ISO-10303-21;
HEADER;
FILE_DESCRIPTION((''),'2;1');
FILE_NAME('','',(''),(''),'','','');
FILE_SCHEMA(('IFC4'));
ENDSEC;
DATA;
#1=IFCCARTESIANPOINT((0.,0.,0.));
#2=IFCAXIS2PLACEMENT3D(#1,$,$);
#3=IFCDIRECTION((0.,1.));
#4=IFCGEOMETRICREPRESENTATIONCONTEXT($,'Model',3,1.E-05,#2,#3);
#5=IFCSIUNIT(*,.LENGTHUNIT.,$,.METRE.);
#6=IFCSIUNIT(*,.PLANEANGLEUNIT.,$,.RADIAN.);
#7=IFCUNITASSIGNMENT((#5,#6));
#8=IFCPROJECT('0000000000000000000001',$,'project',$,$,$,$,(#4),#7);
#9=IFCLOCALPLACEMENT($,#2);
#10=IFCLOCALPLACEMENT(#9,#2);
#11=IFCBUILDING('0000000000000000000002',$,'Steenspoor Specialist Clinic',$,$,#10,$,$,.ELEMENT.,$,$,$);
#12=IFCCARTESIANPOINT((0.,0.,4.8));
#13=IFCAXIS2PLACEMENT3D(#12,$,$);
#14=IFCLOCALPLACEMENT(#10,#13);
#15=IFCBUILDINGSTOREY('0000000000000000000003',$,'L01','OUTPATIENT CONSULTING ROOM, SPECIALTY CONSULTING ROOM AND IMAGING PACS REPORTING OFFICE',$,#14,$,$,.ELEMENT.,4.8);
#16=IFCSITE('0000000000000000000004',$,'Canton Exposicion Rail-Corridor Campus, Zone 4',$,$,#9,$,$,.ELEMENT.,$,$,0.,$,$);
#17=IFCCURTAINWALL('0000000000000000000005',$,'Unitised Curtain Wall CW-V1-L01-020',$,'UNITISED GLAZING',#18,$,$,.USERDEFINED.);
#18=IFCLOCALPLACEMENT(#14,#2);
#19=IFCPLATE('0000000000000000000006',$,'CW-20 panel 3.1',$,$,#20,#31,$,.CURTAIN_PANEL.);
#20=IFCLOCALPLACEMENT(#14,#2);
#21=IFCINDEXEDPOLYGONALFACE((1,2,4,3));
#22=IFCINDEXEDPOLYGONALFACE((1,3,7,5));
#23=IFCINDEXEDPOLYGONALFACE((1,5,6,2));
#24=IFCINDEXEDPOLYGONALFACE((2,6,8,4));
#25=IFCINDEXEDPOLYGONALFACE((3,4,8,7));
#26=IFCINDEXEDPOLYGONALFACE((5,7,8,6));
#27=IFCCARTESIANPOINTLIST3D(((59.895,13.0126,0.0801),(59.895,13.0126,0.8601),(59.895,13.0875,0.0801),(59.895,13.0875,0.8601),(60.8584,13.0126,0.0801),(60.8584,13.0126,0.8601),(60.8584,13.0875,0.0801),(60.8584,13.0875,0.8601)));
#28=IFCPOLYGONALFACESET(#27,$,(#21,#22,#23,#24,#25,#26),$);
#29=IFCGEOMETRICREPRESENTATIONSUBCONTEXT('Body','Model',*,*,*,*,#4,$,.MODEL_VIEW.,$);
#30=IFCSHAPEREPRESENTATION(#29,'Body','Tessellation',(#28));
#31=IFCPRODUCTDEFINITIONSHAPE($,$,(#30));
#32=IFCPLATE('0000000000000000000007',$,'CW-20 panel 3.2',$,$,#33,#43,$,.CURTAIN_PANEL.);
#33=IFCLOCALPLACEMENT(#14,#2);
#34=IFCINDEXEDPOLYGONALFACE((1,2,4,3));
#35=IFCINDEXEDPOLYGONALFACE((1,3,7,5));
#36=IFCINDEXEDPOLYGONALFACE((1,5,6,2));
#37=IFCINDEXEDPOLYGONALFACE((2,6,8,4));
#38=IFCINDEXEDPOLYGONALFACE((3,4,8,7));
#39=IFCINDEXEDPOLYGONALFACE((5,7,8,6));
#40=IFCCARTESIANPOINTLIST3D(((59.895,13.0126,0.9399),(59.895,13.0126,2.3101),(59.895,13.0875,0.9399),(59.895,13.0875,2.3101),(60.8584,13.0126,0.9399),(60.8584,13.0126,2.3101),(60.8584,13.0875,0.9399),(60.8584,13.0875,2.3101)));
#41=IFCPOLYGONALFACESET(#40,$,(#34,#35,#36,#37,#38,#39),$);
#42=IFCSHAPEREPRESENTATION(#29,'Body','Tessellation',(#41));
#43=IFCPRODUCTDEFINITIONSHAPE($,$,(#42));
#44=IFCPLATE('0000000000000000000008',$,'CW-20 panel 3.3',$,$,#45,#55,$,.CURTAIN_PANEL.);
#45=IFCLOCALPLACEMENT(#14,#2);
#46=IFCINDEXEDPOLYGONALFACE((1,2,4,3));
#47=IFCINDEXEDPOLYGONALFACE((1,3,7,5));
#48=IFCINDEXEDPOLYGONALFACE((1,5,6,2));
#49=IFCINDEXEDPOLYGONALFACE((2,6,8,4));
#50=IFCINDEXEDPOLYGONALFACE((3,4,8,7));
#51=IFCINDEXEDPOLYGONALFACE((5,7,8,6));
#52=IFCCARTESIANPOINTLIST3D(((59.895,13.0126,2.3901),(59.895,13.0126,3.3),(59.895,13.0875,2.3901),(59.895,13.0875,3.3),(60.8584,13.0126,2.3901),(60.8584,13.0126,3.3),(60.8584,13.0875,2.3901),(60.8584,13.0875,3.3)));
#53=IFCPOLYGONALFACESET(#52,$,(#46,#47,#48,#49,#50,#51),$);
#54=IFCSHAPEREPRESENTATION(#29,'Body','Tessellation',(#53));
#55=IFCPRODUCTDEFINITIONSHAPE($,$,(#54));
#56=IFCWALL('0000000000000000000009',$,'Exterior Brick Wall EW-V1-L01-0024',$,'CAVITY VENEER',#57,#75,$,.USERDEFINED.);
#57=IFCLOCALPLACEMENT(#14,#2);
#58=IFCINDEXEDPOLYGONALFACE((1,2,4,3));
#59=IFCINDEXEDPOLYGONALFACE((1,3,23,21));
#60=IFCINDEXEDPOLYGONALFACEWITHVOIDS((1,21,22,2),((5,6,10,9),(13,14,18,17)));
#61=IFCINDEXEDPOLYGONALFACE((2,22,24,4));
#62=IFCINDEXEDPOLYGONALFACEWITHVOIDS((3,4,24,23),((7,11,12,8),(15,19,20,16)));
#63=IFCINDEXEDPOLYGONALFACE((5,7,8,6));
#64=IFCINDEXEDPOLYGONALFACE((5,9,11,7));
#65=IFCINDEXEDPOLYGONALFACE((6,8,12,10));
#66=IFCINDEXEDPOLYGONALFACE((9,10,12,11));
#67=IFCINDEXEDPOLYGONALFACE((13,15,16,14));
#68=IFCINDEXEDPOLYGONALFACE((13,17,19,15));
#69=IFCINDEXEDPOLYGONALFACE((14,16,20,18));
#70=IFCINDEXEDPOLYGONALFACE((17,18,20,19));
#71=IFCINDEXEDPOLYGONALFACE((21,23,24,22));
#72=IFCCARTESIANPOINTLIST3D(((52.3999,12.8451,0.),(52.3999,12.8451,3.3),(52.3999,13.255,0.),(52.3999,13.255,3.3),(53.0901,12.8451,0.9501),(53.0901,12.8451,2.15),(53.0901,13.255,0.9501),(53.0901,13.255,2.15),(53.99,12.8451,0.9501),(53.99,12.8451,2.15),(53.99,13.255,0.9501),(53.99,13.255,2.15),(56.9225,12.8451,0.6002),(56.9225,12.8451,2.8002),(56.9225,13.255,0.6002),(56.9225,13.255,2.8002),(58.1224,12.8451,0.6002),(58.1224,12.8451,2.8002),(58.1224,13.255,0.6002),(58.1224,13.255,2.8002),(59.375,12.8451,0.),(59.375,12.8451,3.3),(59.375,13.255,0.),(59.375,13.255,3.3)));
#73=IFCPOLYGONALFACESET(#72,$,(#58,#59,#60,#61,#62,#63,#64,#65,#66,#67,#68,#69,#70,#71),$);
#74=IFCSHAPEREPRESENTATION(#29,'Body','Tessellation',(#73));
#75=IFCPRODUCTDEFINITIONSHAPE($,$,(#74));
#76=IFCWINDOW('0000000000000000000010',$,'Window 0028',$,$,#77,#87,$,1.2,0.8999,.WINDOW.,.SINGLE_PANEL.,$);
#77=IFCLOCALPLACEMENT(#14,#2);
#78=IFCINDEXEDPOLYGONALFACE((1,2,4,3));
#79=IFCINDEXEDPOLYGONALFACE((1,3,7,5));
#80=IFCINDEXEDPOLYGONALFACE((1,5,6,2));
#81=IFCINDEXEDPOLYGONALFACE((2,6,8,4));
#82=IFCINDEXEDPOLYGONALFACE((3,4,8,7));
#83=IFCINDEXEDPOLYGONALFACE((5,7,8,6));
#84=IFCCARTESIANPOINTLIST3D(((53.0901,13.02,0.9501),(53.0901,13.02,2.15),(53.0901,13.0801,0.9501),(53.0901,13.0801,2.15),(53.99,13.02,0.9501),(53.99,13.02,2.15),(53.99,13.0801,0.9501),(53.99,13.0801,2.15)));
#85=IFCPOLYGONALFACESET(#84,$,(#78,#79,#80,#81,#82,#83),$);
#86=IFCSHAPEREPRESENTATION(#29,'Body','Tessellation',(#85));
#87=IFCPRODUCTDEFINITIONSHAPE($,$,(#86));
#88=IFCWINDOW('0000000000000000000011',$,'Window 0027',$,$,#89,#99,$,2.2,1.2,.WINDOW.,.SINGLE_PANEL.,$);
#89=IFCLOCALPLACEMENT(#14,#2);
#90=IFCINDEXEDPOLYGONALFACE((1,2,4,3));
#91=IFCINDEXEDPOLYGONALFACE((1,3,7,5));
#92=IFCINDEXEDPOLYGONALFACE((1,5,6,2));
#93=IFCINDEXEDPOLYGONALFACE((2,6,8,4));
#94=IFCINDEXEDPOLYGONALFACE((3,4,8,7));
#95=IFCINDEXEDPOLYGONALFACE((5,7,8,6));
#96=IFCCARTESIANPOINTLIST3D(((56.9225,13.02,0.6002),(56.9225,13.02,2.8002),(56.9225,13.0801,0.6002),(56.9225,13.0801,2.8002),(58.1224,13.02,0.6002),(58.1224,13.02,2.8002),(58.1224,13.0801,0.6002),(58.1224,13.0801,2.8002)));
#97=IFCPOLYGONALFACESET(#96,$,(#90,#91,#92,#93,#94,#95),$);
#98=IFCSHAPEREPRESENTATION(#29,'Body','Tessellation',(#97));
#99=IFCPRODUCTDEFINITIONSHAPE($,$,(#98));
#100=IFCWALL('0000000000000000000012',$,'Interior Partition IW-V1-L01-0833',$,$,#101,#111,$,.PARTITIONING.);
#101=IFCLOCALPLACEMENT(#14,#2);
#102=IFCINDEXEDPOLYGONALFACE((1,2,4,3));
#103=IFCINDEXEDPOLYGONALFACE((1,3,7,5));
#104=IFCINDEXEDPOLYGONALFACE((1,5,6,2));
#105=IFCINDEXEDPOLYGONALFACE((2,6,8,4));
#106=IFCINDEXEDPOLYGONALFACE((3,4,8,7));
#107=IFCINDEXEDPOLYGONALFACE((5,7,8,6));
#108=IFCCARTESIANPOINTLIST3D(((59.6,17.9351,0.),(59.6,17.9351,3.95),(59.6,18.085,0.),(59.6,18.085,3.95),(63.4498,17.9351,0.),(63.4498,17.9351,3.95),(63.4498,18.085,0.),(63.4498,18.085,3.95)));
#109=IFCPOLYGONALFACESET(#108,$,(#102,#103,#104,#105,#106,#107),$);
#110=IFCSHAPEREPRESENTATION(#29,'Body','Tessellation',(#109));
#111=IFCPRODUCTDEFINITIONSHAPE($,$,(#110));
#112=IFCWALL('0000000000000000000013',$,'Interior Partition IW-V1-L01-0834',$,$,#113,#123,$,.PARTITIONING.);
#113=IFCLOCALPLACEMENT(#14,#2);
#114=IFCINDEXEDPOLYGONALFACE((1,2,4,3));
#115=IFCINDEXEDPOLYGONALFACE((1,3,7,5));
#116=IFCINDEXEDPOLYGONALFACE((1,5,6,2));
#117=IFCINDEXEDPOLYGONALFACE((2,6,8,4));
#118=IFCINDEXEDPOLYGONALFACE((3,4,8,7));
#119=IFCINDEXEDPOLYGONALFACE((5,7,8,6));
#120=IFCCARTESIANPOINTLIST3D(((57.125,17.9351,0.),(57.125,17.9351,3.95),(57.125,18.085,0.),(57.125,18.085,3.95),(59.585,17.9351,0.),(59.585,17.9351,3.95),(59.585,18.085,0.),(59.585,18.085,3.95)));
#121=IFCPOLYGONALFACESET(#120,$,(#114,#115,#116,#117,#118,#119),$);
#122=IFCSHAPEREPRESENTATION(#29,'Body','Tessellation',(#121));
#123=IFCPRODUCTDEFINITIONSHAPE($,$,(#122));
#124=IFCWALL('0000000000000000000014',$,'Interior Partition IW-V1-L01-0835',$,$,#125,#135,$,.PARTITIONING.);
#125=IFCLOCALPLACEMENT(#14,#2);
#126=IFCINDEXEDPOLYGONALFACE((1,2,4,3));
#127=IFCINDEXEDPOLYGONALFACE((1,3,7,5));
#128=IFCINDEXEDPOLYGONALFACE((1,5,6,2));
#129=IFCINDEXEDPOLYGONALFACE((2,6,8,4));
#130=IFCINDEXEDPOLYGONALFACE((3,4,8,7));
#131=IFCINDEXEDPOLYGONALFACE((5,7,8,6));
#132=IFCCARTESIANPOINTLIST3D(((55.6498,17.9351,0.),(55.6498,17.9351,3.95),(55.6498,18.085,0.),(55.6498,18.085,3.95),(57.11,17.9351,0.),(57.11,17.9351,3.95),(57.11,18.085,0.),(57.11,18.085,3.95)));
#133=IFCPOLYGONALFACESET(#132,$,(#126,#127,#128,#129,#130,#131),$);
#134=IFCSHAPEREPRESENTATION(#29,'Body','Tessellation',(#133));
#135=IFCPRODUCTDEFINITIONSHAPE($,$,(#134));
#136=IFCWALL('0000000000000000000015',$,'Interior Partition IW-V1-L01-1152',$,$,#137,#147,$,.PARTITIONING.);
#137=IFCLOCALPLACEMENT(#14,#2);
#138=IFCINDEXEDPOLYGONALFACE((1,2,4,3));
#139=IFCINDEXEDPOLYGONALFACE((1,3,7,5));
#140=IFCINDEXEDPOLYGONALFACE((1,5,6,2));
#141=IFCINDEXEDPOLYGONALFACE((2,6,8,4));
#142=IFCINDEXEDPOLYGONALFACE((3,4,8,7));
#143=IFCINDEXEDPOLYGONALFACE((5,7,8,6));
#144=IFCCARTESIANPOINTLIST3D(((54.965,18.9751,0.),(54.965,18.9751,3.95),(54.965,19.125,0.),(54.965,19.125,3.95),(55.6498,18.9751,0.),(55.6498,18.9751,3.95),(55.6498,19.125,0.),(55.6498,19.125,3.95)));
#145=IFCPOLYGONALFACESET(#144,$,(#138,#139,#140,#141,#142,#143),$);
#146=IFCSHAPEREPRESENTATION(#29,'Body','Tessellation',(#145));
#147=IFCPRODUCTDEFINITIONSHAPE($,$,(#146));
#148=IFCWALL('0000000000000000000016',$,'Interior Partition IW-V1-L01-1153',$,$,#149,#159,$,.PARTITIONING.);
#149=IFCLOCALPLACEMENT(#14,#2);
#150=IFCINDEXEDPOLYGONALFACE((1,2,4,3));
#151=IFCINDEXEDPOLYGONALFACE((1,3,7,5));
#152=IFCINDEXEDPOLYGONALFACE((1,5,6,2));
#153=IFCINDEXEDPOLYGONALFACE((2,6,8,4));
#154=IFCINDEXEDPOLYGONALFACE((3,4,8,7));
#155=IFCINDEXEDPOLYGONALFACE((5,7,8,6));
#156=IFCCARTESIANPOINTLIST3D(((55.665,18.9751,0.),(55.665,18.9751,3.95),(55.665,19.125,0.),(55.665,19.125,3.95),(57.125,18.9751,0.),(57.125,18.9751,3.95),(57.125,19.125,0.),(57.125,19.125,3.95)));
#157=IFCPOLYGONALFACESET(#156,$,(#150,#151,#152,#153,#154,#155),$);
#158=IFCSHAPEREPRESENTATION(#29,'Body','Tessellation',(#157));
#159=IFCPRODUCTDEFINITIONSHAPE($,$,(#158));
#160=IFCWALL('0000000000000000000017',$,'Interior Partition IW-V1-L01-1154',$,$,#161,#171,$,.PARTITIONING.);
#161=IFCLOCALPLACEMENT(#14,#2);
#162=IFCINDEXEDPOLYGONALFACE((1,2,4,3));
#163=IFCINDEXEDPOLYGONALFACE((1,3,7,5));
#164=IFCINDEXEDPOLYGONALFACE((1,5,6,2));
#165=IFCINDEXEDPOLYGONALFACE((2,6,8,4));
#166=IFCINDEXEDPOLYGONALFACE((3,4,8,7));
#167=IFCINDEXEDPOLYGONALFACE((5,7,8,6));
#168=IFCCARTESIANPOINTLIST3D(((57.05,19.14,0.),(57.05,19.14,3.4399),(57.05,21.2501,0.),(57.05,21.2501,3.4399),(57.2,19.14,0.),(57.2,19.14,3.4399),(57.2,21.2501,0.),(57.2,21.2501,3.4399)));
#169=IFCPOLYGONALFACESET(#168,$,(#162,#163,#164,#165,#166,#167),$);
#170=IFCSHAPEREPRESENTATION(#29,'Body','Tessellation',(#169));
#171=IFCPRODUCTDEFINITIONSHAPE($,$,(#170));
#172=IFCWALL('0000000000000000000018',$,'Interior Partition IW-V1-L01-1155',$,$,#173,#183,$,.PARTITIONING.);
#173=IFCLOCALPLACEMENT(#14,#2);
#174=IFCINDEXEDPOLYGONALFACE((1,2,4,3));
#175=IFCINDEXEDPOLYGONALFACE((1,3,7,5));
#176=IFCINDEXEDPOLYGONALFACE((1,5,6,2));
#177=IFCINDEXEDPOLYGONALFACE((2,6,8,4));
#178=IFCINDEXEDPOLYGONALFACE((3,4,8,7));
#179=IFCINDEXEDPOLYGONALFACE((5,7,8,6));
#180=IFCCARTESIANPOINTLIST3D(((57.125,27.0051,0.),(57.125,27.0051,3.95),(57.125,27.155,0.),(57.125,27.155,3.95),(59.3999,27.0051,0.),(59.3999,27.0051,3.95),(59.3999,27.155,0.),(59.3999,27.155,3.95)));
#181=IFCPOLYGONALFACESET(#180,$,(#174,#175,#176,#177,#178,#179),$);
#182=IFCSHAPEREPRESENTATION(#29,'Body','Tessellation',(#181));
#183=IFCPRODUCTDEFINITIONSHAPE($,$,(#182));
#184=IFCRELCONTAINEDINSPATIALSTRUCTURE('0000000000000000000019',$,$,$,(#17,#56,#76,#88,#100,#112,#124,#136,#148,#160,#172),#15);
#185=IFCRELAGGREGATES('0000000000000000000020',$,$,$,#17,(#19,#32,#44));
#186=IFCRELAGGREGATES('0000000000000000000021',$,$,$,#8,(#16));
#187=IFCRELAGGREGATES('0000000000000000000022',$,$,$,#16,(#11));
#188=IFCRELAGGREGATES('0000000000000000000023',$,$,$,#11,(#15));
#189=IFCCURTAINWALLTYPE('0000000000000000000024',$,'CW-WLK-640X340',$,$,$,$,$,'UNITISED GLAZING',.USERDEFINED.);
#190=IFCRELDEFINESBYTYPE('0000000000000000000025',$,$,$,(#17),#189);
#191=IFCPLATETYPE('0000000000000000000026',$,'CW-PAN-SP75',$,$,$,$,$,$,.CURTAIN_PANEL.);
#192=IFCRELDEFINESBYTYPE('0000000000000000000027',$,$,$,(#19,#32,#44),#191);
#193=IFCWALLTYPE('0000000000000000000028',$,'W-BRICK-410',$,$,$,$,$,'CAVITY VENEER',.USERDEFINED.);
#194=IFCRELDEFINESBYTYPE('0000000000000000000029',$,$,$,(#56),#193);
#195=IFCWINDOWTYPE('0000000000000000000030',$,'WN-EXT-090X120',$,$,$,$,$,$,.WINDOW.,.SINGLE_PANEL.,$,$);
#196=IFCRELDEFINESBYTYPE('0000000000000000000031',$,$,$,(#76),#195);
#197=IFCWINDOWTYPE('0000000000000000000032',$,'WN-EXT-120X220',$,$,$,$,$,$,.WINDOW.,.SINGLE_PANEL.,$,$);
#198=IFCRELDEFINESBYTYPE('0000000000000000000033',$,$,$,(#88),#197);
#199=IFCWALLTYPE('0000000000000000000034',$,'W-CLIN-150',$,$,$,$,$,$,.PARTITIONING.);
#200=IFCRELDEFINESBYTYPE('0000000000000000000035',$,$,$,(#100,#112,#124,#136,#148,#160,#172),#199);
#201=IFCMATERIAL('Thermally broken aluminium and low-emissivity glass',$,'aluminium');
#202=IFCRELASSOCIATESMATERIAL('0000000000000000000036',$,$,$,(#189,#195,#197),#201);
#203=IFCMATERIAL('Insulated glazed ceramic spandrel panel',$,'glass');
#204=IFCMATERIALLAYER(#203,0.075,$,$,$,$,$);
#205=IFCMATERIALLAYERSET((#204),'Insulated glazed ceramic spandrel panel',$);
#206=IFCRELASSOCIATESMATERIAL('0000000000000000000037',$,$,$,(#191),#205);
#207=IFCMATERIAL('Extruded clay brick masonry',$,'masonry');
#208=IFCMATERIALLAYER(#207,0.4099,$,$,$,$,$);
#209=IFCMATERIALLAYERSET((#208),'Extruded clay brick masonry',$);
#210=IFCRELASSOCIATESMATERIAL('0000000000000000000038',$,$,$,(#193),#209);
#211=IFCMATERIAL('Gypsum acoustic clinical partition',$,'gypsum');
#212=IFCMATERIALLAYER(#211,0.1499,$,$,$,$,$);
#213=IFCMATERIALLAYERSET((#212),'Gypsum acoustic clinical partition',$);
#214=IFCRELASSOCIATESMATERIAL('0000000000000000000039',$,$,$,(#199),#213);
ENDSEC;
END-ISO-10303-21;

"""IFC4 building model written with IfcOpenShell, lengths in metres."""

from ifc_helpers import new_model, si_unit, direction, frame, frame_2d, origin, origin_2d, place, context, subcontext, project, spatial, rectangle, extrude, material, layer, layer_set, type_object, element, fill, aggregate, save


model = new_model("IFC4")

# Units and contexts
model_context = context("Model", 3, precision=1e-05, world=origin(), true_north=direction((0.0, 1.0)))
body_context = subcontext(model_context, "Body", "Model", "MODEL_VIEW")
ifc_project = project(units=[si_unit("LENGTHUNIT", "METRE"), si_unit("PLANEANGLEUNIT", "RADIAN")], contexts=[model_context])

# Site, building, storey
site_placement = place(None, origin())
site = spatial("IfcSite", under=ifc_project, at=site_placement, Name="Canton Exposicion Rail-Corridor Campus, Zone 4", CompositionType="ELEMENT", RefElevation=0.0)
building_placement = place(site_placement, origin())
building = spatial("IfcBuilding", under=site, at=building_placement, Name="Steenspoor Specialist Clinic", CompositionType="ELEMENT")
storey_placement = place(building_placement, frame((0.0, 0.0, 4.8)))
storey = spatial("IfcBuildingStorey", under=building, at=storey_placement, Name="L01", Description="OUTPATIENT CONSULTING ROOM, SPECIALTY CONSULTING ROOM AND IMAGING PACS REPORTING OFFICE", CompositionType="ELEMENT", Elevation=4.8)

# Curtain wall
ifc_material_1 = material(Name="Thermally broken aluminium and low-emissivity glass", Category="aluminium")
curtain_wall_type = type_object("IfcCurtainWallType", Name="CW-WLK-640X340", ElementType="UNITISED GLAZING", PredefinedType="USERDEFINED", material=ifc_material_1)
curtain_wall_placement = place(storey_placement, origin())
curtain_wall = element("IfcCurtainWall", 1, at=curtain_wall_placement, inside=storey, type_object=curtain_wall_type, Name="Unitised Curtain Wall CW-V1-L01-020", ObjectType="UNITISED GLAZING", PredefinedType="USERDEFINED")

# Plates
ifc_material_2 = material(Name="Insulated glazed ceramic spandrel panel", Category="glass")
ifc_layer_1 = layer(ifc_material_2, 0.075)
ifc_layer_set_1 = layer_set([ifc_layer_1], Name="Insulated glazed ceramic spandrel panel")
plate_type = type_object("IfcPlateType", Name="CW-PAN-SP75", PredefinedType="CURTAIN_PANEL", material=ifc_layer_set_1)
plate_1_placement = place(storey_placement, frame((60.3767, 13.05, 0.0801), z_axis=(0.0, 0.0, 1.0), x_axis=(-1.0, 0.0, 0.0)))
plate_1 = element("IfcPlate", 2, at=plate_1_placement, type_object=plate_type, Name="CW-20 panel 3.1", PredefinedType="CURTAIN_PANEL", context=body_context, shape_type="SweptSolid", body=[
    extrude(rectangle(XDim=0.9634, YDim=0.075, at=origin_2d()), origin(), (0.0, 0.0, 1.0), 0.78),
])
plate_2_placement = place(storey_placement, frame((60.3767, 13.05, 0.9399), z_axis=(0.0, 0.0, 1.0), x_axis=(-1.0, 0.0, 0.0)))
plate_2 = element("IfcPlate", 3, at=plate_2_placement, type_object=plate_type, Name="CW-20 panel 3.2", PredefinedType="CURTAIN_PANEL", context=body_context, shape_type="SweptSolid", body=[
    extrude(rectangle(XDim=0.9634, YDim=0.075, at=origin_2d()), origin(), (0.0, 0.0, 1.0), 1.3701),
])
plate_3_placement = place(storey_placement, frame((60.3767, 13.05, 2.3901), z_axis=(0.0, 0.0, 1.0), x_axis=(-1.0, 0.0, 0.0)))
plate_3 = element("IfcPlate", 4, at=plate_3_placement, type_object=plate_type, Name="CW-20 panel 3.3", PredefinedType="CURTAIN_PANEL", context=body_context, shape_type="SweptSolid", body=[
    extrude(rectangle(XDim=0.9634, YDim=0.075, at=origin_2d()), origin(), (0.0, 0.0, 1.0), 0.9099),
])
aggregate(curtain_wall, [plate_1, plate_2, plate_3])

# Wall, openings, windows
ifc_material_3 = material(Name="Extruded clay brick masonry", Category="masonry")
ifc_layer_2 = layer(ifc_material_3, 0.4099)
ifc_layer_set_2 = layer_set([ifc_layer_2], Name="Extruded clay brick masonry")
wall_type_1 = type_object("IfcWallType", Name="W-BRICK-410", ElementType="CAVITY VENEER", PredefinedType="USERDEFINED", material=ifc_layer_set_2)
wall_1_placement = place(storey_placement, frame((59.375, 13.05, 0.0), z_axis=(0.0, 0.0, 1.0), x_axis=(-1.0, 0.0, 0.0)))
wall_1 = element("IfcWall", 5, at=wall_1_placement, inside=storey, type_object=wall_type_1, Name="Exterior Brick Wall EW-V1-L01-0024", ObjectType="CAVITY VENEER", PredefinedType="USERDEFINED", context=body_context, shape_type="SweptSolid", body=[
    extrude(rectangle(XDim=6.9751, YDim=0.4099, at=frame_2d((3.4875, 0.0))), origin(), (0.0, 0.0, 1.0), 3.3),
])
opening_1_placement = place(wall_1_placement, frame((1.2524, 0.0, 0.6001)))
opening_1 = element("IfcOpeningElement", 6, at=opening_1_placement, cuts=wall_1, PredefinedType="OPENING", context=body_context, shape_type="SweptSolid", body=[
    extrude(rectangle(XDim=1.2, YDim=2.2, at=frame_2d((0.6001, 1.1001))), frame((0.0, 0.2148, 0.0), z_axis=(0.0, -1.0, 0.0), x_axis=(1.0, 0.0, 0.0)), (0.0, 0.0, 1.0), 0.4299),
])
opening_2_placement = place(wall_1_placement, frame((5.385, 0.0, 0.95)))
opening_2 = element("IfcOpeningElement", 7, at=opening_2_placement, cuts=wall_1, PredefinedType="OPENING", context=body_context, shape_type="SweptSolid", body=[
    extrude(rectangle(XDim=0.8999, YDim=1.2, at=frame_2d((0.45, 0.6001))), frame((0.0, 0.2148, 0.0), z_axis=(0.0, -1.0, 0.0), x_axis=(1.0, 0.0, 0.0)), (0.0, 0.0, 1.0), 0.4299),
])
window_type_1 = type_object("IfcWindowType", Name="WN-EXT-090X120", PartitioningType="SINGLE_PANEL", PredefinedType="WINDOW", material=ifc_material_1)
window_1_placement = place(opening_2_placement, origin())
window_1 = element("IfcWindow", 8, at=window_1_placement, inside=storey, type_object=window_type_1, Name="Window 0028", OverallHeight=1.2, OverallWidth=0.8999, PartitioningType="SINGLE_PANEL", PredefinedType="WINDOW", context=body_context, shape_type="SweptSolid", body=[
    extrude(rectangle(XDim=0.8999, YDim=1.2, at=frame_2d((0.45, 0.6001))), frame((0.0, 0.03, 0.0), z_axis=(0.0, -1.0, 0.0), x_axis=(1.0, 0.0, 0.0)), (0.0, 0.0, 1.0), 0.0601),
])
fill(opening_2, window_1)
window_type_2 = type_object("IfcWindowType", Name="WN-EXT-120X220", PartitioningType="SINGLE_PANEL", PredefinedType="WINDOW", material=ifc_material_1)
window_2_placement = place(opening_1_placement, origin())
window_2 = element("IfcWindow", 9, at=window_2_placement, inside=storey, type_object=window_type_2, Name="Window 0027", OverallHeight=2.2, OverallWidth=1.2, PartitioningType="SINGLE_PANEL", PredefinedType="WINDOW", context=body_context, shape_type="SweptSolid", body=[
    extrude(rectangle(XDim=1.2, YDim=2.2, at=frame_2d((0.6001, 1.1001))), frame((0.0, 0.03, 0.0), z_axis=(0.0, -1.0, 0.0), x_axis=(1.0, 0.0, 0.0)), (0.0, 0.0, 1.0), 0.0601),
])
fill(opening_1, window_2)

# Walls
ifc_material_4 = material(Name="Gypsum acoustic clinical partition", Category="gypsum")
ifc_layer_3 = layer(ifc_material_4, 0.1499)
ifc_layer_set_3 = layer_set([ifc_layer_3], Name="Gypsum acoustic clinical partition")
wall_type_2 = type_object("IfcWallType", Name="W-CLIN-150", PredefinedType="PARTITIONING", material=ifc_layer_set_3)
wall_2_placement = place(storey_placement, frame((59.6001, 18.01, 0.0), z_axis=(0.0, 0.0, 1.0), x_axis=(1.0, 0.0, 0.0)))
element("IfcWall", 10, at=wall_2_placement, inside=storey, type_object=wall_type_2, Name="Interior Partition IW-V1-L01-0833", PredefinedType="PARTITIONING", context=body_context, shape_type="SweptSolid", body=[
    extrude(rectangle(XDim=3.8499, YDim=0.1499, at=frame_2d((1.9248, 0.0))), origin(), (0.0, 0.0, 1.0), 3.95),
])
wall_3_placement = place(storey_placement, frame((57.125, 18.01, 0.0), z_axis=(0.0, 0.0, 1.0), x_axis=(1.0, 0.0, 0.0)))
element("IfcWall", 11, at=wall_3_placement, inside=storey, type_object=wall_type_2, Name="Interior Partition IW-V1-L01-0834", PredefinedType="PARTITIONING", context=body_context, shape_type="SweptSolid", body=[
    extrude(rectangle(XDim=2.46, YDim=0.1499, at=frame_2d((1.23, 0.0))), origin(), (0.0, 0.0, 1.0), 3.95),
])
wall_4_placement = place(storey_placement, frame((55.6499, 18.01, 0.0), z_axis=(0.0, 0.0, 1.0), x_axis=(1.0, 0.0, 0.0)))
element("IfcWall", 12, at=wall_4_placement, inside=storey, type_object=wall_type_2, Name="Interior Partition IW-V1-L01-0835", PredefinedType="PARTITIONING", context=body_context, shape_type="SweptSolid", body=[
    extrude(rectangle(XDim=1.4602, YDim=0.1499, at=frame_2d((0.73, 0.0))), origin(), (0.0, 0.0, 1.0), 3.95),
])
wall_5_placement = place(storey_placement, frame((54.9651, 19.05, 0.0), z_axis=(0.0, 0.0, 1.0), x_axis=(1.0, 0.0, 0.0)))
element("IfcWall", 13, at=wall_5_placement, inside=storey, type_object=wall_type_2, Name="Interior Partition IW-V1-L01-1152", PredefinedType="PARTITIONING", context=body_context, shape_type="SweptSolid", body=[
    extrude(rectangle(XDim=0.6848, YDim=0.1499, at=frame_2d((0.3423, 0.0))), origin(), (0.0, 0.0, 1.0), 3.95),
])
wall_6_placement = place(storey_placement, frame((55.665, 19.05, 0.0), z_axis=(0.0, 0.0, 1.0), x_axis=(1.0, 0.0, 0.0)))
element("IfcWall", 14, at=wall_6_placement, inside=storey, type_object=wall_type_2, Name="Interior Partition IW-V1-L01-1153", PredefinedType="PARTITIONING", context=body_context, shape_type="SweptSolid", body=[
    extrude(rectangle(XDim=1.46, YDim=0.1499, at=frame_2d((0.73, 0.0))), origin(), (0.0, 0.0, 1.0), 3.95),
])
wall_7_placement = place(storey_placement, frame((57.125, 19.1399, 0.0), z_axis=(0.0, 0.0, 1.0), x_axis=(0.0, 1.0, 0.0)))
element("IfcWall", 15, at=wall_7_placement, inside=storey, type_object=wall_type_2, Name="Interior Partition IW-V1-L01-1154", PredefinedType="PARTITIONING", context=body_context, shape_type="SweptSolid", body=[
    extrude(rectangle(XDim=2.1101, YDim=0.1499, at=frame_2d((1.0552, 0.0))), origin(), (0.0, 0.0, 1.0), 3.4399),
])
wall_8_placement = place(storey_placement, frame((57.125, 27.0801, 0.0), z_axis=(0.0, 0.0, 1.0), x_axis=(1.0, 0.0, 0.0)))
element("IfcWall", 16, at=wall_8_placement, inside=storey, type_object=wall_type_2, Name="Interior Partition IW-V1-L01-1155", PredefinedType="PARTITIONING", context=body_context, shape_type="SweptSolid", body=[
    extrude(rectangle(XDim=2.2749, YDim=0.1499, at=frame_2d((1.1375, 0.0))), origin(), (0.0, 0.0, 1.0), 3.95),
])

save(model, "model.ifc")
